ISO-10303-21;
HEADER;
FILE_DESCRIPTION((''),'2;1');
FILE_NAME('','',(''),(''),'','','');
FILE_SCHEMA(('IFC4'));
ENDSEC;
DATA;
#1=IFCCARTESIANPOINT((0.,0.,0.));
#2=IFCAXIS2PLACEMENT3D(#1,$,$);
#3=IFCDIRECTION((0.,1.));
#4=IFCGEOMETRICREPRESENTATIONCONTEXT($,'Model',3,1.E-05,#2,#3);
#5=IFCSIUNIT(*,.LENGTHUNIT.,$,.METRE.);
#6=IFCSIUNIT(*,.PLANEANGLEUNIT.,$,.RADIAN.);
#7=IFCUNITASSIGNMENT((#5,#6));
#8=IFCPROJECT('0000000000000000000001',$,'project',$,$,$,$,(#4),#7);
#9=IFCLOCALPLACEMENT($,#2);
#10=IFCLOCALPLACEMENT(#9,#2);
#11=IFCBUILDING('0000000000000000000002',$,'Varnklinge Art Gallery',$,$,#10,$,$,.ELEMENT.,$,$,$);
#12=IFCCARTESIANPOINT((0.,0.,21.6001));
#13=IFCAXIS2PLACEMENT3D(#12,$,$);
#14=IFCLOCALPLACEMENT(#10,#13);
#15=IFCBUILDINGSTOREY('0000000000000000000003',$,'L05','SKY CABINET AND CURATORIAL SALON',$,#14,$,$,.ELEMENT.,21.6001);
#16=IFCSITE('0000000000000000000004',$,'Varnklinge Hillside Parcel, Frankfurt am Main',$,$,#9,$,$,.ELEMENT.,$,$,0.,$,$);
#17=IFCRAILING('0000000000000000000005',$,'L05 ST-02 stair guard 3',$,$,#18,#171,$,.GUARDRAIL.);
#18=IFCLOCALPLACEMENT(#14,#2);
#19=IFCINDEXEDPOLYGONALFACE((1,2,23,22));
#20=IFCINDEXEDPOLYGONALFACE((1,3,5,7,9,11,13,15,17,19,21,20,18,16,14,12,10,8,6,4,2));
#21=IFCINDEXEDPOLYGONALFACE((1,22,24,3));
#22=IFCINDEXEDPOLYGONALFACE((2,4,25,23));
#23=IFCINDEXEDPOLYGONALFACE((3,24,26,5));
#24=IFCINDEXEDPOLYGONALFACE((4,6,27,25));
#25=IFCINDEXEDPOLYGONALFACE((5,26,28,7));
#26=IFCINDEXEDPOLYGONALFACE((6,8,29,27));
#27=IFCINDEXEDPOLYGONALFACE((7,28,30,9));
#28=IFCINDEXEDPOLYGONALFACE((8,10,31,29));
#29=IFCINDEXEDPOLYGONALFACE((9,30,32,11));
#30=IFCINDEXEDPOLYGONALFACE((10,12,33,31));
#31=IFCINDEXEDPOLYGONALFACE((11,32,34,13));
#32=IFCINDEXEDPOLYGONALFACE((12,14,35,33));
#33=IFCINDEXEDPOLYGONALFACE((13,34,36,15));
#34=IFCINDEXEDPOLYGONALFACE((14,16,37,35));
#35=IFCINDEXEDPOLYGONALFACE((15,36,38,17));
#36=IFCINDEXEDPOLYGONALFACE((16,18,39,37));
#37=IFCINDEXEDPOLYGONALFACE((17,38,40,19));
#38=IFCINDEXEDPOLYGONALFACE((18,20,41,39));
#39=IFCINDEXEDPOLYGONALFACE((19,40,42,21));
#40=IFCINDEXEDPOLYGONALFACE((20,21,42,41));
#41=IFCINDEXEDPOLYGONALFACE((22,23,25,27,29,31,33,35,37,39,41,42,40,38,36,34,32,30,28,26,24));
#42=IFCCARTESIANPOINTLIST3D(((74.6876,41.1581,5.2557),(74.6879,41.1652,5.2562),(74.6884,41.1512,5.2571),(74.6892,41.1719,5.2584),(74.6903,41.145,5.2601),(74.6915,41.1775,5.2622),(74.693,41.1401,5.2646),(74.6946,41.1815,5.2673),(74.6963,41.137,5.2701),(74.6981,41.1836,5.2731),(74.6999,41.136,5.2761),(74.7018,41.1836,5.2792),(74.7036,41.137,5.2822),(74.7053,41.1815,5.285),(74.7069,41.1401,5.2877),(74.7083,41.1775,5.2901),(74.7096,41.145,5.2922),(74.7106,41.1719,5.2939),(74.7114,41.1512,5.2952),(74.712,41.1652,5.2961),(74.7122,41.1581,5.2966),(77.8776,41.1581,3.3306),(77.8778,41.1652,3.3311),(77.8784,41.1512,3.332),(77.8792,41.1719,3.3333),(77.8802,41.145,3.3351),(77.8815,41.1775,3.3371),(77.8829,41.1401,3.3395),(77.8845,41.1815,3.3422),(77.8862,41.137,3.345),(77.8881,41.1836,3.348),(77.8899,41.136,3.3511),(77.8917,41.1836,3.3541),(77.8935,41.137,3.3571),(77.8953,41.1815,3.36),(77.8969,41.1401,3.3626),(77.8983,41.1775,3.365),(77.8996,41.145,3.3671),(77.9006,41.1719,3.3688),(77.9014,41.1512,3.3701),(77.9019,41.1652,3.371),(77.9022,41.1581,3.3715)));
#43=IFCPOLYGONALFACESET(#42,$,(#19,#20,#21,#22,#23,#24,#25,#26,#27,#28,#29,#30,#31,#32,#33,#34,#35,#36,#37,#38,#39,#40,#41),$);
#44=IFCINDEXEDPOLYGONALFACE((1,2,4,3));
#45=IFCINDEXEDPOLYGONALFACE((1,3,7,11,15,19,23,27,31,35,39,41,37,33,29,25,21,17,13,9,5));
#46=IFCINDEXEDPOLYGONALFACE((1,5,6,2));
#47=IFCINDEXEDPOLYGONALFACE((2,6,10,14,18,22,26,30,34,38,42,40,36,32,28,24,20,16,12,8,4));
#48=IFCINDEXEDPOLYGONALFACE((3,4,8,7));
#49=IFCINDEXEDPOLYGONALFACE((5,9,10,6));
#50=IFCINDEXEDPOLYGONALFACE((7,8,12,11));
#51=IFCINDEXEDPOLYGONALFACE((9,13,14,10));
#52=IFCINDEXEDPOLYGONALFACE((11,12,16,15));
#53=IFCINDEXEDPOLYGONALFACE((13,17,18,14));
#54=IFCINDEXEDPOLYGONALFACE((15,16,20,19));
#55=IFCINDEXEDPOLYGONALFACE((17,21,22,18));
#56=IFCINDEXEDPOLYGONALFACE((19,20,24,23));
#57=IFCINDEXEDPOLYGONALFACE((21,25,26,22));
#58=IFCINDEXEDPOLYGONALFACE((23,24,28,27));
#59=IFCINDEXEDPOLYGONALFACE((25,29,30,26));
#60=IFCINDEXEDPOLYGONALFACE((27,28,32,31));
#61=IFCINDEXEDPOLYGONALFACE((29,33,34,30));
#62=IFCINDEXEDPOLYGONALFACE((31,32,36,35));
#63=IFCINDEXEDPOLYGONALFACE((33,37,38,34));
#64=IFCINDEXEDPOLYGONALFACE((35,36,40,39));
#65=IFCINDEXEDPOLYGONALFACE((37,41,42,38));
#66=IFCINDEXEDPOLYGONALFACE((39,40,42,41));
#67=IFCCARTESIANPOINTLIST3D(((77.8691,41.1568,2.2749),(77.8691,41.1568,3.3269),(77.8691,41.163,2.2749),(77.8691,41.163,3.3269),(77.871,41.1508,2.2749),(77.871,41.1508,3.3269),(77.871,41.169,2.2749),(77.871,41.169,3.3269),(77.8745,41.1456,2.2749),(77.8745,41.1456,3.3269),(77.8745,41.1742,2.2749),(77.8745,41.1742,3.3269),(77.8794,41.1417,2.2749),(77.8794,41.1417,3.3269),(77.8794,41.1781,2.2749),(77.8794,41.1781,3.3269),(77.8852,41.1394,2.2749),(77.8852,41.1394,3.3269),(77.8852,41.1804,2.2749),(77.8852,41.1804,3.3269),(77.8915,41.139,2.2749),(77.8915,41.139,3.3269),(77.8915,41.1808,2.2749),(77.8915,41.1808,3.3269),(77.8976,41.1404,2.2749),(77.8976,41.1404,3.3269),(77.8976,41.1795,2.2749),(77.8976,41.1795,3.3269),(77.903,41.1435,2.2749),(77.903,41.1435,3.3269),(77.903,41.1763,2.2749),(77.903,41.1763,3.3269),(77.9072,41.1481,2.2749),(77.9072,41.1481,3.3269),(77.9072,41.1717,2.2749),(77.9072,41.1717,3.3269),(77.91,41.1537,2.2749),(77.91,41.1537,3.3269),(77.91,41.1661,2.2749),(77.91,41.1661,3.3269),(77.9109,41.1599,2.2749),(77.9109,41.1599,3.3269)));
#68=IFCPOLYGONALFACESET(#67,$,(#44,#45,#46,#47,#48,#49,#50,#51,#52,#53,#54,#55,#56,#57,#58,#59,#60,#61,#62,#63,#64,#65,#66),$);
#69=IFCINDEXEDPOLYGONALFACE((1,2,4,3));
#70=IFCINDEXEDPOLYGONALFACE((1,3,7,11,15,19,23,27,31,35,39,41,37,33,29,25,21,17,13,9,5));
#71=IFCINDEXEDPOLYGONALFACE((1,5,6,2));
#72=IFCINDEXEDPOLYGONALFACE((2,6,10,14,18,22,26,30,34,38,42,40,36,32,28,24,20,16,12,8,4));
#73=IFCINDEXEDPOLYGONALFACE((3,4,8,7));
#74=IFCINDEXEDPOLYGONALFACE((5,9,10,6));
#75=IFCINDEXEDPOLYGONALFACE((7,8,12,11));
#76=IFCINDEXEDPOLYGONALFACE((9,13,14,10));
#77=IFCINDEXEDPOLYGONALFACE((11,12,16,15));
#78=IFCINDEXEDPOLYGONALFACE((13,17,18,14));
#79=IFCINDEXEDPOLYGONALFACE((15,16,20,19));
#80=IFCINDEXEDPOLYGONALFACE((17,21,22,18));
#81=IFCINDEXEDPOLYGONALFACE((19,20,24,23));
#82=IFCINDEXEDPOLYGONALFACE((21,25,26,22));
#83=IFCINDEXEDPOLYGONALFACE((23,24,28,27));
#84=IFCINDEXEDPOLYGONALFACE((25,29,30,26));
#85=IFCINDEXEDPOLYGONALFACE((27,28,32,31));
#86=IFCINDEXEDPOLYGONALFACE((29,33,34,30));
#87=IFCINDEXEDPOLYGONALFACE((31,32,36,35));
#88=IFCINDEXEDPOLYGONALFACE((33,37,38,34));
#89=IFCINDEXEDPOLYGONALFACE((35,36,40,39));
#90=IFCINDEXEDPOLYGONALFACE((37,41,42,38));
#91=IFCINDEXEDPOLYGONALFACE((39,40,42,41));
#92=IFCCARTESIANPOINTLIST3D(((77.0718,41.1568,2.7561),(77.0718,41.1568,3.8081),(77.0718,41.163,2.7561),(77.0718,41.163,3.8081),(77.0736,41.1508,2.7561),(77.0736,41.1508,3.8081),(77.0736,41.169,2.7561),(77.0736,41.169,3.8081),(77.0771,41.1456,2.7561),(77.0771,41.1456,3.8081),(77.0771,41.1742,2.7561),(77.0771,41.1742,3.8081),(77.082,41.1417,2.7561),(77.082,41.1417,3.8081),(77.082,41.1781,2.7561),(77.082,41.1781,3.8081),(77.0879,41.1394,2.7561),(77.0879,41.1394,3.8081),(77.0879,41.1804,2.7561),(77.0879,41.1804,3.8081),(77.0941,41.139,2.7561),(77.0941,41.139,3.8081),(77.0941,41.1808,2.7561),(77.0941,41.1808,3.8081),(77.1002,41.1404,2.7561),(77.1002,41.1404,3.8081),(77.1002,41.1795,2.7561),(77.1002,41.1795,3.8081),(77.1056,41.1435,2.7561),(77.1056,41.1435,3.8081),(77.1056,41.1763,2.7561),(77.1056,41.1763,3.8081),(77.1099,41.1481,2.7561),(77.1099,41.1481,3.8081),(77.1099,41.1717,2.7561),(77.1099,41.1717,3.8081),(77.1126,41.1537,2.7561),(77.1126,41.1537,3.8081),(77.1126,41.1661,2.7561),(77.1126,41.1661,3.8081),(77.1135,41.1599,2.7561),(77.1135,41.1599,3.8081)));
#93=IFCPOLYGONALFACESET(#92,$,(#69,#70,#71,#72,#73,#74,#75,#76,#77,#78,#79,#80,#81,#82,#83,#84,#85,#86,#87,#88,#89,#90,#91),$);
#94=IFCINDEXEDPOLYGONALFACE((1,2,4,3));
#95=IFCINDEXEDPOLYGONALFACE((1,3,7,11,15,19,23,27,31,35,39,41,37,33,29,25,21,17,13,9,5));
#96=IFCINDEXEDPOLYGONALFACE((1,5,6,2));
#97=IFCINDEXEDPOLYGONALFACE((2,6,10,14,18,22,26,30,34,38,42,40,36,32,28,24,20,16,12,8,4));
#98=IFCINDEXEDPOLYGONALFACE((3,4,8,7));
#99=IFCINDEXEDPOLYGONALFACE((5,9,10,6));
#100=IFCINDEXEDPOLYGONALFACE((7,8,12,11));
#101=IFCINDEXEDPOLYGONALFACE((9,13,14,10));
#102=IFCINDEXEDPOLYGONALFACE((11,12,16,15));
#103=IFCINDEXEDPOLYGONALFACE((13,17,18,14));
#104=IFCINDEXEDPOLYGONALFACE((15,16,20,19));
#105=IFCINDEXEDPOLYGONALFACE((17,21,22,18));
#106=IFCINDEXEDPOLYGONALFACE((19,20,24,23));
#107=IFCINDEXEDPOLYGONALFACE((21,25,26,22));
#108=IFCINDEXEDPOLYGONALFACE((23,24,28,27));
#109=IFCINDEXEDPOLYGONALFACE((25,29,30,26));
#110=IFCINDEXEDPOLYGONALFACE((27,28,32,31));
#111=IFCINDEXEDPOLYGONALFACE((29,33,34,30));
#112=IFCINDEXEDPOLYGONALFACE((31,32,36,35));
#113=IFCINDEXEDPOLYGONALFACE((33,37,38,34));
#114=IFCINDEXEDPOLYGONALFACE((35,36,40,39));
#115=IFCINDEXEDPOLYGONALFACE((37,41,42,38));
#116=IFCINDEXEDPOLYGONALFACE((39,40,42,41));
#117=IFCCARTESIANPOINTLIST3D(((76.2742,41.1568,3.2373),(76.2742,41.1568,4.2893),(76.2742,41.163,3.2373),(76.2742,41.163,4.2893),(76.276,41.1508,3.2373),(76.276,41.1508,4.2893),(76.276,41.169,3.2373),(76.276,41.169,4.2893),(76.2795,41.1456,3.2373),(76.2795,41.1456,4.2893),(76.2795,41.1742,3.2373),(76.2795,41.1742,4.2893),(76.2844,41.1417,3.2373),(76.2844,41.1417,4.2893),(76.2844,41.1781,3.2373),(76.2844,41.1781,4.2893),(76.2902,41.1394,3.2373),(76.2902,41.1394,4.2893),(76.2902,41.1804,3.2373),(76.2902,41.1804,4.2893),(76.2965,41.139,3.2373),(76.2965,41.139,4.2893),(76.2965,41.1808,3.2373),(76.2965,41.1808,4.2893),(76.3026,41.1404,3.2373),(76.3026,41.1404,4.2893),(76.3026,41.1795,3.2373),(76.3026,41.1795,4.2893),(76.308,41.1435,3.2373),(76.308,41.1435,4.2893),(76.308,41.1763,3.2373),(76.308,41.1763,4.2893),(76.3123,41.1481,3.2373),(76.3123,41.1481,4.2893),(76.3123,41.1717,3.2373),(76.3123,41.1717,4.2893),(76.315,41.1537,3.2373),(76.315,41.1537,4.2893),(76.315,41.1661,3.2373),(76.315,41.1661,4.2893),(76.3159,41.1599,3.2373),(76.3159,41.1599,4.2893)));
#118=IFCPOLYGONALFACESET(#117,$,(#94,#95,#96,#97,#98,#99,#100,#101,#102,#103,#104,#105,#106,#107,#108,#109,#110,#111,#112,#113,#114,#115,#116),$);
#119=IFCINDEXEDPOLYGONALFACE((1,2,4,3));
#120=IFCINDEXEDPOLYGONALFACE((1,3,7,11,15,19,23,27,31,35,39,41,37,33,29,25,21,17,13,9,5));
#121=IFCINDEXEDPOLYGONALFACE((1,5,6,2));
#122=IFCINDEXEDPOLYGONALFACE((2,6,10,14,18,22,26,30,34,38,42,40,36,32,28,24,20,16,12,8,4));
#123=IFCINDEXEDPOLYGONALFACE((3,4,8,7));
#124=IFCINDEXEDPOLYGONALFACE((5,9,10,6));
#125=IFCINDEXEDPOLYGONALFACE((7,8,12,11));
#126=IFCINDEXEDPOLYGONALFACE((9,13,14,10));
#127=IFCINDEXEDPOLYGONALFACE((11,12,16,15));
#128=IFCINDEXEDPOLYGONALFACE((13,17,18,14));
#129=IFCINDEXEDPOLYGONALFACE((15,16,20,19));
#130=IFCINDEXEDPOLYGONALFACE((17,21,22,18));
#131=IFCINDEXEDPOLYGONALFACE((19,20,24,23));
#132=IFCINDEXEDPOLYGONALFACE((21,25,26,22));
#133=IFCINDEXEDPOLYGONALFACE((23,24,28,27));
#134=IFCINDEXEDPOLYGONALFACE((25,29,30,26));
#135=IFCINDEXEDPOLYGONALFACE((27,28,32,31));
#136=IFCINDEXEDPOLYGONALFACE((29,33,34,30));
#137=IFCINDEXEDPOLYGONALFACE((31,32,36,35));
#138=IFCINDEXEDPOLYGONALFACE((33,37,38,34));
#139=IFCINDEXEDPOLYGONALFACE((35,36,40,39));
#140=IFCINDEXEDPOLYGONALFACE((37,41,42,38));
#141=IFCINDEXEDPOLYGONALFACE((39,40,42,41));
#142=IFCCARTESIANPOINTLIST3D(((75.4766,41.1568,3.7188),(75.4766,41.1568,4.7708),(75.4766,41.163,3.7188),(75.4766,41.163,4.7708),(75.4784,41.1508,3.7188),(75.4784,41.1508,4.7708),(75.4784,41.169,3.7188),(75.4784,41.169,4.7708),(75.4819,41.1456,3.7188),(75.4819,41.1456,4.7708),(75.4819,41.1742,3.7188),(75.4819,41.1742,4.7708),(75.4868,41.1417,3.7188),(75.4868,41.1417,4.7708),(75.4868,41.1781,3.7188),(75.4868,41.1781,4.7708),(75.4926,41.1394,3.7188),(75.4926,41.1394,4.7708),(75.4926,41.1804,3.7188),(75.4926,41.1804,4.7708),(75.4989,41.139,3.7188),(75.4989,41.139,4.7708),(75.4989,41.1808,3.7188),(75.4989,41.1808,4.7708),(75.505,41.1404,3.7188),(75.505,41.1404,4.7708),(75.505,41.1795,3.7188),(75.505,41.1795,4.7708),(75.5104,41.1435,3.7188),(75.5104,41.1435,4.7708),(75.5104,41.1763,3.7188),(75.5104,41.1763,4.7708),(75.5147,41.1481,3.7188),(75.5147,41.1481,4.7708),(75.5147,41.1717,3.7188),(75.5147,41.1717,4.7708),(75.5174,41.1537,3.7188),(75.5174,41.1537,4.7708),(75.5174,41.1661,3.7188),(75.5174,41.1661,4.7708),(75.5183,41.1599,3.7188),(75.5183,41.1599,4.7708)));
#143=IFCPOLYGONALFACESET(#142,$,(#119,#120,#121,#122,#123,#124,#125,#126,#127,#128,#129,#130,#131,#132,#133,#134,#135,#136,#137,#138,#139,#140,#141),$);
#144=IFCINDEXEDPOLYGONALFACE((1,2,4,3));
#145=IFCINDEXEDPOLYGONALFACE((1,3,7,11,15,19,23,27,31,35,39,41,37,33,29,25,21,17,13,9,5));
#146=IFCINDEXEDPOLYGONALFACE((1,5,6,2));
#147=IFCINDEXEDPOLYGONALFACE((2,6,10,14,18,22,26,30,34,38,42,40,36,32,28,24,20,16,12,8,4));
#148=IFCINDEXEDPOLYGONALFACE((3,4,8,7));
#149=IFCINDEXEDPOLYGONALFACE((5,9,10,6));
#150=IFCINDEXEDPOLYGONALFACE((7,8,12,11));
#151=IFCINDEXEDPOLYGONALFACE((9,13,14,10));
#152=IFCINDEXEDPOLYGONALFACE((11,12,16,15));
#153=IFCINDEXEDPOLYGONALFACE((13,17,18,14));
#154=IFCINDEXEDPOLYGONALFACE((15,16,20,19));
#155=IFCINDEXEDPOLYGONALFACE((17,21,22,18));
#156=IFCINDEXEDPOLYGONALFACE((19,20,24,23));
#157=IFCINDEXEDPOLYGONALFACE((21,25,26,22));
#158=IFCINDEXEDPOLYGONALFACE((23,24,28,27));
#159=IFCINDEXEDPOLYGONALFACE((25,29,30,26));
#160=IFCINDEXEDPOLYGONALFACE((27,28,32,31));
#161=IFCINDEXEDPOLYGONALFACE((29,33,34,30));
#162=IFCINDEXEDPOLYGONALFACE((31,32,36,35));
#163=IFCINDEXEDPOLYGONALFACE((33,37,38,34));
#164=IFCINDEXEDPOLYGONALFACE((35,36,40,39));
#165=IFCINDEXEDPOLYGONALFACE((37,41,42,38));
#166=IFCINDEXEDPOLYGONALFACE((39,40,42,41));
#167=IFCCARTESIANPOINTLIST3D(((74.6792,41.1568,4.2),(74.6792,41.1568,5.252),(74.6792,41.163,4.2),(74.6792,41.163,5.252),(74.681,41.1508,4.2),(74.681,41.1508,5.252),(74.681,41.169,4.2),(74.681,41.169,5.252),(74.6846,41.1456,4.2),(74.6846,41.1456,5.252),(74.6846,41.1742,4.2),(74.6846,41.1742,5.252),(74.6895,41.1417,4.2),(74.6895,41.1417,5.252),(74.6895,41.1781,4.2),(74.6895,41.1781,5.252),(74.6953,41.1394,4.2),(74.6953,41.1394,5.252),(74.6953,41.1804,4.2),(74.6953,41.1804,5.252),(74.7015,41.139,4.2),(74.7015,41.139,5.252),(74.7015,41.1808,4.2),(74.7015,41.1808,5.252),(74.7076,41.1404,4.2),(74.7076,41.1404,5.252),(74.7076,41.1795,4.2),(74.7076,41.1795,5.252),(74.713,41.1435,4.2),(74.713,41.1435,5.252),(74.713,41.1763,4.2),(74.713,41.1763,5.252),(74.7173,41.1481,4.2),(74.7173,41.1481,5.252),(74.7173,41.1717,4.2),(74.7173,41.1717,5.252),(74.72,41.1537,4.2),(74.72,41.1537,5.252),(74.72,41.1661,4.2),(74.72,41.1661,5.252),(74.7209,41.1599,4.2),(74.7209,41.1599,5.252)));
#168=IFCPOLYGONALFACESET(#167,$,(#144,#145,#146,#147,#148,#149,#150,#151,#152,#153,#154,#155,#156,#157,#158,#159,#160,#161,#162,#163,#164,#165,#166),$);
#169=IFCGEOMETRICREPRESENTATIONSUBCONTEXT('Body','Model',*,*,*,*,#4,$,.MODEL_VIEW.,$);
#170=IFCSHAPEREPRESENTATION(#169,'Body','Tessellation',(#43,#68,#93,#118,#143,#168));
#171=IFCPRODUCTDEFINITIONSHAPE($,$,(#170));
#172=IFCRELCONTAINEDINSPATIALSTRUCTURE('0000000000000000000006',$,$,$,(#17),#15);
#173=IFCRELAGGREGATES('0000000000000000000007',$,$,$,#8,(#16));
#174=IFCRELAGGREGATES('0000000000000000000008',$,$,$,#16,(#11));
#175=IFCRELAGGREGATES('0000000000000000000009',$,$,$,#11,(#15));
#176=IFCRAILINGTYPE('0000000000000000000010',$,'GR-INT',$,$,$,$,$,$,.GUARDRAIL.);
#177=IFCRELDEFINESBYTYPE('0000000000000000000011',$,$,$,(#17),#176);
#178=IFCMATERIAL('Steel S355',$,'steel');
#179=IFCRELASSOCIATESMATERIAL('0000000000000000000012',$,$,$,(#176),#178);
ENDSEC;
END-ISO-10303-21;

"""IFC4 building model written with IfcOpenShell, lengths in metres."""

from ifc_helpers import new_model, si_unit, direction, frame, origin, origin_2d, place, context, subcontext, project, spatial, circle, extrude, material, type_object, element, save


model = new_model("IFC4")

# Units and contexts
model_context = context("Model", 3, precision=1e-05, world=origin(), true_north=direction((0.0, 1.0)))
body_context = subcontext(model_context, "Body", "Model", "MODEL_VIEW")
ifc_project = project(units=[si_unit("LENGTHUNIT", "METRE"), si_unit("PLANEANGLEUNIT", "RADIAN")], contexts=[model_context])

# Site, building, storey
site_placement = place(None, origin())
site = spatial("IfcSite", under=ifc_project, at=site_placement, Name="Varnklinge Hillside Parcel, Frankfurt am Main", CompositionType="ELEMENT", RefElevation=0.0)
building_placement = place(site_placement, origin())
building = spatial("IfcBuilding", under=site, at=building_placement, Name="Varnklinge Art Gallery", CompositionType="ELEMENT")
storey_placement = place(building_placement, frame((0.0, 0.0, 21.6001)))
storey = spatial("IfcBuildingStorey", under=building, at=storey_placement, Name="L05", Description="SKY CABINET AND CURATORIAL SALON", CompositionType="ELEMENT", Elevation=21.6001)

# Railing
ifc_material_1 = material(Name="Steel S355", Category="steel")
railing_type_1 = type_object("IfcRailingType", Name="GR-INT", PredefinedType="GUARDRAIL", material=ifc_material_1)
railing_1_placement = place(storey_placement, frame((77.8899, 41.1599, 2.2749)))
element("IfcRailing", 1, at=railing_1_placement, inside=storey, type_object=railing_type_1, Name="L05 ST-02 stair guard 3", PredefinedType="GUARDRAIL", context=body_context, shape_type="SweptSolid", body=[
    extrude(circle(Radius=0.0239, at=origin_2d()), frame((0.0, 0.0, 1.0762), z_axis=(-0.856178, 0.0, 0.516682), x_axis=(0.0, -1.0, 0.0)), (0.0, 0.0, 1.0), 3.7258),
    extrude(circle(Radius=0.021, at=origin_2d()), origin(), (0.0, 0.0, 1.0), 1.052),
    extrude(circle(Radius=0.021, at=origin_2d()), frame((-0.7974, 0.0, 0.4812)), (0.0, 0.0, 1.0), 1.052),
    extrude(circle(Radius=0.021, at=origin_2d()), frame((-1.595, 0.0, 0.9624)), (0.0, 0.0, 1.0), 1.052),
    extrude(circle(Radius=0.021, at=origin_2d()), frame((-2.3926, 0.0, 1.4438)), (0.0, 0.0, 1.0), 1.052),
    extrude(circle(Radius=0.021, at=origin_2d()), frame((-3.1899, 0.0, 1.925)), (0.0, 0.0, 1.0), 1.052),
])

save(model, "model.ifc")
